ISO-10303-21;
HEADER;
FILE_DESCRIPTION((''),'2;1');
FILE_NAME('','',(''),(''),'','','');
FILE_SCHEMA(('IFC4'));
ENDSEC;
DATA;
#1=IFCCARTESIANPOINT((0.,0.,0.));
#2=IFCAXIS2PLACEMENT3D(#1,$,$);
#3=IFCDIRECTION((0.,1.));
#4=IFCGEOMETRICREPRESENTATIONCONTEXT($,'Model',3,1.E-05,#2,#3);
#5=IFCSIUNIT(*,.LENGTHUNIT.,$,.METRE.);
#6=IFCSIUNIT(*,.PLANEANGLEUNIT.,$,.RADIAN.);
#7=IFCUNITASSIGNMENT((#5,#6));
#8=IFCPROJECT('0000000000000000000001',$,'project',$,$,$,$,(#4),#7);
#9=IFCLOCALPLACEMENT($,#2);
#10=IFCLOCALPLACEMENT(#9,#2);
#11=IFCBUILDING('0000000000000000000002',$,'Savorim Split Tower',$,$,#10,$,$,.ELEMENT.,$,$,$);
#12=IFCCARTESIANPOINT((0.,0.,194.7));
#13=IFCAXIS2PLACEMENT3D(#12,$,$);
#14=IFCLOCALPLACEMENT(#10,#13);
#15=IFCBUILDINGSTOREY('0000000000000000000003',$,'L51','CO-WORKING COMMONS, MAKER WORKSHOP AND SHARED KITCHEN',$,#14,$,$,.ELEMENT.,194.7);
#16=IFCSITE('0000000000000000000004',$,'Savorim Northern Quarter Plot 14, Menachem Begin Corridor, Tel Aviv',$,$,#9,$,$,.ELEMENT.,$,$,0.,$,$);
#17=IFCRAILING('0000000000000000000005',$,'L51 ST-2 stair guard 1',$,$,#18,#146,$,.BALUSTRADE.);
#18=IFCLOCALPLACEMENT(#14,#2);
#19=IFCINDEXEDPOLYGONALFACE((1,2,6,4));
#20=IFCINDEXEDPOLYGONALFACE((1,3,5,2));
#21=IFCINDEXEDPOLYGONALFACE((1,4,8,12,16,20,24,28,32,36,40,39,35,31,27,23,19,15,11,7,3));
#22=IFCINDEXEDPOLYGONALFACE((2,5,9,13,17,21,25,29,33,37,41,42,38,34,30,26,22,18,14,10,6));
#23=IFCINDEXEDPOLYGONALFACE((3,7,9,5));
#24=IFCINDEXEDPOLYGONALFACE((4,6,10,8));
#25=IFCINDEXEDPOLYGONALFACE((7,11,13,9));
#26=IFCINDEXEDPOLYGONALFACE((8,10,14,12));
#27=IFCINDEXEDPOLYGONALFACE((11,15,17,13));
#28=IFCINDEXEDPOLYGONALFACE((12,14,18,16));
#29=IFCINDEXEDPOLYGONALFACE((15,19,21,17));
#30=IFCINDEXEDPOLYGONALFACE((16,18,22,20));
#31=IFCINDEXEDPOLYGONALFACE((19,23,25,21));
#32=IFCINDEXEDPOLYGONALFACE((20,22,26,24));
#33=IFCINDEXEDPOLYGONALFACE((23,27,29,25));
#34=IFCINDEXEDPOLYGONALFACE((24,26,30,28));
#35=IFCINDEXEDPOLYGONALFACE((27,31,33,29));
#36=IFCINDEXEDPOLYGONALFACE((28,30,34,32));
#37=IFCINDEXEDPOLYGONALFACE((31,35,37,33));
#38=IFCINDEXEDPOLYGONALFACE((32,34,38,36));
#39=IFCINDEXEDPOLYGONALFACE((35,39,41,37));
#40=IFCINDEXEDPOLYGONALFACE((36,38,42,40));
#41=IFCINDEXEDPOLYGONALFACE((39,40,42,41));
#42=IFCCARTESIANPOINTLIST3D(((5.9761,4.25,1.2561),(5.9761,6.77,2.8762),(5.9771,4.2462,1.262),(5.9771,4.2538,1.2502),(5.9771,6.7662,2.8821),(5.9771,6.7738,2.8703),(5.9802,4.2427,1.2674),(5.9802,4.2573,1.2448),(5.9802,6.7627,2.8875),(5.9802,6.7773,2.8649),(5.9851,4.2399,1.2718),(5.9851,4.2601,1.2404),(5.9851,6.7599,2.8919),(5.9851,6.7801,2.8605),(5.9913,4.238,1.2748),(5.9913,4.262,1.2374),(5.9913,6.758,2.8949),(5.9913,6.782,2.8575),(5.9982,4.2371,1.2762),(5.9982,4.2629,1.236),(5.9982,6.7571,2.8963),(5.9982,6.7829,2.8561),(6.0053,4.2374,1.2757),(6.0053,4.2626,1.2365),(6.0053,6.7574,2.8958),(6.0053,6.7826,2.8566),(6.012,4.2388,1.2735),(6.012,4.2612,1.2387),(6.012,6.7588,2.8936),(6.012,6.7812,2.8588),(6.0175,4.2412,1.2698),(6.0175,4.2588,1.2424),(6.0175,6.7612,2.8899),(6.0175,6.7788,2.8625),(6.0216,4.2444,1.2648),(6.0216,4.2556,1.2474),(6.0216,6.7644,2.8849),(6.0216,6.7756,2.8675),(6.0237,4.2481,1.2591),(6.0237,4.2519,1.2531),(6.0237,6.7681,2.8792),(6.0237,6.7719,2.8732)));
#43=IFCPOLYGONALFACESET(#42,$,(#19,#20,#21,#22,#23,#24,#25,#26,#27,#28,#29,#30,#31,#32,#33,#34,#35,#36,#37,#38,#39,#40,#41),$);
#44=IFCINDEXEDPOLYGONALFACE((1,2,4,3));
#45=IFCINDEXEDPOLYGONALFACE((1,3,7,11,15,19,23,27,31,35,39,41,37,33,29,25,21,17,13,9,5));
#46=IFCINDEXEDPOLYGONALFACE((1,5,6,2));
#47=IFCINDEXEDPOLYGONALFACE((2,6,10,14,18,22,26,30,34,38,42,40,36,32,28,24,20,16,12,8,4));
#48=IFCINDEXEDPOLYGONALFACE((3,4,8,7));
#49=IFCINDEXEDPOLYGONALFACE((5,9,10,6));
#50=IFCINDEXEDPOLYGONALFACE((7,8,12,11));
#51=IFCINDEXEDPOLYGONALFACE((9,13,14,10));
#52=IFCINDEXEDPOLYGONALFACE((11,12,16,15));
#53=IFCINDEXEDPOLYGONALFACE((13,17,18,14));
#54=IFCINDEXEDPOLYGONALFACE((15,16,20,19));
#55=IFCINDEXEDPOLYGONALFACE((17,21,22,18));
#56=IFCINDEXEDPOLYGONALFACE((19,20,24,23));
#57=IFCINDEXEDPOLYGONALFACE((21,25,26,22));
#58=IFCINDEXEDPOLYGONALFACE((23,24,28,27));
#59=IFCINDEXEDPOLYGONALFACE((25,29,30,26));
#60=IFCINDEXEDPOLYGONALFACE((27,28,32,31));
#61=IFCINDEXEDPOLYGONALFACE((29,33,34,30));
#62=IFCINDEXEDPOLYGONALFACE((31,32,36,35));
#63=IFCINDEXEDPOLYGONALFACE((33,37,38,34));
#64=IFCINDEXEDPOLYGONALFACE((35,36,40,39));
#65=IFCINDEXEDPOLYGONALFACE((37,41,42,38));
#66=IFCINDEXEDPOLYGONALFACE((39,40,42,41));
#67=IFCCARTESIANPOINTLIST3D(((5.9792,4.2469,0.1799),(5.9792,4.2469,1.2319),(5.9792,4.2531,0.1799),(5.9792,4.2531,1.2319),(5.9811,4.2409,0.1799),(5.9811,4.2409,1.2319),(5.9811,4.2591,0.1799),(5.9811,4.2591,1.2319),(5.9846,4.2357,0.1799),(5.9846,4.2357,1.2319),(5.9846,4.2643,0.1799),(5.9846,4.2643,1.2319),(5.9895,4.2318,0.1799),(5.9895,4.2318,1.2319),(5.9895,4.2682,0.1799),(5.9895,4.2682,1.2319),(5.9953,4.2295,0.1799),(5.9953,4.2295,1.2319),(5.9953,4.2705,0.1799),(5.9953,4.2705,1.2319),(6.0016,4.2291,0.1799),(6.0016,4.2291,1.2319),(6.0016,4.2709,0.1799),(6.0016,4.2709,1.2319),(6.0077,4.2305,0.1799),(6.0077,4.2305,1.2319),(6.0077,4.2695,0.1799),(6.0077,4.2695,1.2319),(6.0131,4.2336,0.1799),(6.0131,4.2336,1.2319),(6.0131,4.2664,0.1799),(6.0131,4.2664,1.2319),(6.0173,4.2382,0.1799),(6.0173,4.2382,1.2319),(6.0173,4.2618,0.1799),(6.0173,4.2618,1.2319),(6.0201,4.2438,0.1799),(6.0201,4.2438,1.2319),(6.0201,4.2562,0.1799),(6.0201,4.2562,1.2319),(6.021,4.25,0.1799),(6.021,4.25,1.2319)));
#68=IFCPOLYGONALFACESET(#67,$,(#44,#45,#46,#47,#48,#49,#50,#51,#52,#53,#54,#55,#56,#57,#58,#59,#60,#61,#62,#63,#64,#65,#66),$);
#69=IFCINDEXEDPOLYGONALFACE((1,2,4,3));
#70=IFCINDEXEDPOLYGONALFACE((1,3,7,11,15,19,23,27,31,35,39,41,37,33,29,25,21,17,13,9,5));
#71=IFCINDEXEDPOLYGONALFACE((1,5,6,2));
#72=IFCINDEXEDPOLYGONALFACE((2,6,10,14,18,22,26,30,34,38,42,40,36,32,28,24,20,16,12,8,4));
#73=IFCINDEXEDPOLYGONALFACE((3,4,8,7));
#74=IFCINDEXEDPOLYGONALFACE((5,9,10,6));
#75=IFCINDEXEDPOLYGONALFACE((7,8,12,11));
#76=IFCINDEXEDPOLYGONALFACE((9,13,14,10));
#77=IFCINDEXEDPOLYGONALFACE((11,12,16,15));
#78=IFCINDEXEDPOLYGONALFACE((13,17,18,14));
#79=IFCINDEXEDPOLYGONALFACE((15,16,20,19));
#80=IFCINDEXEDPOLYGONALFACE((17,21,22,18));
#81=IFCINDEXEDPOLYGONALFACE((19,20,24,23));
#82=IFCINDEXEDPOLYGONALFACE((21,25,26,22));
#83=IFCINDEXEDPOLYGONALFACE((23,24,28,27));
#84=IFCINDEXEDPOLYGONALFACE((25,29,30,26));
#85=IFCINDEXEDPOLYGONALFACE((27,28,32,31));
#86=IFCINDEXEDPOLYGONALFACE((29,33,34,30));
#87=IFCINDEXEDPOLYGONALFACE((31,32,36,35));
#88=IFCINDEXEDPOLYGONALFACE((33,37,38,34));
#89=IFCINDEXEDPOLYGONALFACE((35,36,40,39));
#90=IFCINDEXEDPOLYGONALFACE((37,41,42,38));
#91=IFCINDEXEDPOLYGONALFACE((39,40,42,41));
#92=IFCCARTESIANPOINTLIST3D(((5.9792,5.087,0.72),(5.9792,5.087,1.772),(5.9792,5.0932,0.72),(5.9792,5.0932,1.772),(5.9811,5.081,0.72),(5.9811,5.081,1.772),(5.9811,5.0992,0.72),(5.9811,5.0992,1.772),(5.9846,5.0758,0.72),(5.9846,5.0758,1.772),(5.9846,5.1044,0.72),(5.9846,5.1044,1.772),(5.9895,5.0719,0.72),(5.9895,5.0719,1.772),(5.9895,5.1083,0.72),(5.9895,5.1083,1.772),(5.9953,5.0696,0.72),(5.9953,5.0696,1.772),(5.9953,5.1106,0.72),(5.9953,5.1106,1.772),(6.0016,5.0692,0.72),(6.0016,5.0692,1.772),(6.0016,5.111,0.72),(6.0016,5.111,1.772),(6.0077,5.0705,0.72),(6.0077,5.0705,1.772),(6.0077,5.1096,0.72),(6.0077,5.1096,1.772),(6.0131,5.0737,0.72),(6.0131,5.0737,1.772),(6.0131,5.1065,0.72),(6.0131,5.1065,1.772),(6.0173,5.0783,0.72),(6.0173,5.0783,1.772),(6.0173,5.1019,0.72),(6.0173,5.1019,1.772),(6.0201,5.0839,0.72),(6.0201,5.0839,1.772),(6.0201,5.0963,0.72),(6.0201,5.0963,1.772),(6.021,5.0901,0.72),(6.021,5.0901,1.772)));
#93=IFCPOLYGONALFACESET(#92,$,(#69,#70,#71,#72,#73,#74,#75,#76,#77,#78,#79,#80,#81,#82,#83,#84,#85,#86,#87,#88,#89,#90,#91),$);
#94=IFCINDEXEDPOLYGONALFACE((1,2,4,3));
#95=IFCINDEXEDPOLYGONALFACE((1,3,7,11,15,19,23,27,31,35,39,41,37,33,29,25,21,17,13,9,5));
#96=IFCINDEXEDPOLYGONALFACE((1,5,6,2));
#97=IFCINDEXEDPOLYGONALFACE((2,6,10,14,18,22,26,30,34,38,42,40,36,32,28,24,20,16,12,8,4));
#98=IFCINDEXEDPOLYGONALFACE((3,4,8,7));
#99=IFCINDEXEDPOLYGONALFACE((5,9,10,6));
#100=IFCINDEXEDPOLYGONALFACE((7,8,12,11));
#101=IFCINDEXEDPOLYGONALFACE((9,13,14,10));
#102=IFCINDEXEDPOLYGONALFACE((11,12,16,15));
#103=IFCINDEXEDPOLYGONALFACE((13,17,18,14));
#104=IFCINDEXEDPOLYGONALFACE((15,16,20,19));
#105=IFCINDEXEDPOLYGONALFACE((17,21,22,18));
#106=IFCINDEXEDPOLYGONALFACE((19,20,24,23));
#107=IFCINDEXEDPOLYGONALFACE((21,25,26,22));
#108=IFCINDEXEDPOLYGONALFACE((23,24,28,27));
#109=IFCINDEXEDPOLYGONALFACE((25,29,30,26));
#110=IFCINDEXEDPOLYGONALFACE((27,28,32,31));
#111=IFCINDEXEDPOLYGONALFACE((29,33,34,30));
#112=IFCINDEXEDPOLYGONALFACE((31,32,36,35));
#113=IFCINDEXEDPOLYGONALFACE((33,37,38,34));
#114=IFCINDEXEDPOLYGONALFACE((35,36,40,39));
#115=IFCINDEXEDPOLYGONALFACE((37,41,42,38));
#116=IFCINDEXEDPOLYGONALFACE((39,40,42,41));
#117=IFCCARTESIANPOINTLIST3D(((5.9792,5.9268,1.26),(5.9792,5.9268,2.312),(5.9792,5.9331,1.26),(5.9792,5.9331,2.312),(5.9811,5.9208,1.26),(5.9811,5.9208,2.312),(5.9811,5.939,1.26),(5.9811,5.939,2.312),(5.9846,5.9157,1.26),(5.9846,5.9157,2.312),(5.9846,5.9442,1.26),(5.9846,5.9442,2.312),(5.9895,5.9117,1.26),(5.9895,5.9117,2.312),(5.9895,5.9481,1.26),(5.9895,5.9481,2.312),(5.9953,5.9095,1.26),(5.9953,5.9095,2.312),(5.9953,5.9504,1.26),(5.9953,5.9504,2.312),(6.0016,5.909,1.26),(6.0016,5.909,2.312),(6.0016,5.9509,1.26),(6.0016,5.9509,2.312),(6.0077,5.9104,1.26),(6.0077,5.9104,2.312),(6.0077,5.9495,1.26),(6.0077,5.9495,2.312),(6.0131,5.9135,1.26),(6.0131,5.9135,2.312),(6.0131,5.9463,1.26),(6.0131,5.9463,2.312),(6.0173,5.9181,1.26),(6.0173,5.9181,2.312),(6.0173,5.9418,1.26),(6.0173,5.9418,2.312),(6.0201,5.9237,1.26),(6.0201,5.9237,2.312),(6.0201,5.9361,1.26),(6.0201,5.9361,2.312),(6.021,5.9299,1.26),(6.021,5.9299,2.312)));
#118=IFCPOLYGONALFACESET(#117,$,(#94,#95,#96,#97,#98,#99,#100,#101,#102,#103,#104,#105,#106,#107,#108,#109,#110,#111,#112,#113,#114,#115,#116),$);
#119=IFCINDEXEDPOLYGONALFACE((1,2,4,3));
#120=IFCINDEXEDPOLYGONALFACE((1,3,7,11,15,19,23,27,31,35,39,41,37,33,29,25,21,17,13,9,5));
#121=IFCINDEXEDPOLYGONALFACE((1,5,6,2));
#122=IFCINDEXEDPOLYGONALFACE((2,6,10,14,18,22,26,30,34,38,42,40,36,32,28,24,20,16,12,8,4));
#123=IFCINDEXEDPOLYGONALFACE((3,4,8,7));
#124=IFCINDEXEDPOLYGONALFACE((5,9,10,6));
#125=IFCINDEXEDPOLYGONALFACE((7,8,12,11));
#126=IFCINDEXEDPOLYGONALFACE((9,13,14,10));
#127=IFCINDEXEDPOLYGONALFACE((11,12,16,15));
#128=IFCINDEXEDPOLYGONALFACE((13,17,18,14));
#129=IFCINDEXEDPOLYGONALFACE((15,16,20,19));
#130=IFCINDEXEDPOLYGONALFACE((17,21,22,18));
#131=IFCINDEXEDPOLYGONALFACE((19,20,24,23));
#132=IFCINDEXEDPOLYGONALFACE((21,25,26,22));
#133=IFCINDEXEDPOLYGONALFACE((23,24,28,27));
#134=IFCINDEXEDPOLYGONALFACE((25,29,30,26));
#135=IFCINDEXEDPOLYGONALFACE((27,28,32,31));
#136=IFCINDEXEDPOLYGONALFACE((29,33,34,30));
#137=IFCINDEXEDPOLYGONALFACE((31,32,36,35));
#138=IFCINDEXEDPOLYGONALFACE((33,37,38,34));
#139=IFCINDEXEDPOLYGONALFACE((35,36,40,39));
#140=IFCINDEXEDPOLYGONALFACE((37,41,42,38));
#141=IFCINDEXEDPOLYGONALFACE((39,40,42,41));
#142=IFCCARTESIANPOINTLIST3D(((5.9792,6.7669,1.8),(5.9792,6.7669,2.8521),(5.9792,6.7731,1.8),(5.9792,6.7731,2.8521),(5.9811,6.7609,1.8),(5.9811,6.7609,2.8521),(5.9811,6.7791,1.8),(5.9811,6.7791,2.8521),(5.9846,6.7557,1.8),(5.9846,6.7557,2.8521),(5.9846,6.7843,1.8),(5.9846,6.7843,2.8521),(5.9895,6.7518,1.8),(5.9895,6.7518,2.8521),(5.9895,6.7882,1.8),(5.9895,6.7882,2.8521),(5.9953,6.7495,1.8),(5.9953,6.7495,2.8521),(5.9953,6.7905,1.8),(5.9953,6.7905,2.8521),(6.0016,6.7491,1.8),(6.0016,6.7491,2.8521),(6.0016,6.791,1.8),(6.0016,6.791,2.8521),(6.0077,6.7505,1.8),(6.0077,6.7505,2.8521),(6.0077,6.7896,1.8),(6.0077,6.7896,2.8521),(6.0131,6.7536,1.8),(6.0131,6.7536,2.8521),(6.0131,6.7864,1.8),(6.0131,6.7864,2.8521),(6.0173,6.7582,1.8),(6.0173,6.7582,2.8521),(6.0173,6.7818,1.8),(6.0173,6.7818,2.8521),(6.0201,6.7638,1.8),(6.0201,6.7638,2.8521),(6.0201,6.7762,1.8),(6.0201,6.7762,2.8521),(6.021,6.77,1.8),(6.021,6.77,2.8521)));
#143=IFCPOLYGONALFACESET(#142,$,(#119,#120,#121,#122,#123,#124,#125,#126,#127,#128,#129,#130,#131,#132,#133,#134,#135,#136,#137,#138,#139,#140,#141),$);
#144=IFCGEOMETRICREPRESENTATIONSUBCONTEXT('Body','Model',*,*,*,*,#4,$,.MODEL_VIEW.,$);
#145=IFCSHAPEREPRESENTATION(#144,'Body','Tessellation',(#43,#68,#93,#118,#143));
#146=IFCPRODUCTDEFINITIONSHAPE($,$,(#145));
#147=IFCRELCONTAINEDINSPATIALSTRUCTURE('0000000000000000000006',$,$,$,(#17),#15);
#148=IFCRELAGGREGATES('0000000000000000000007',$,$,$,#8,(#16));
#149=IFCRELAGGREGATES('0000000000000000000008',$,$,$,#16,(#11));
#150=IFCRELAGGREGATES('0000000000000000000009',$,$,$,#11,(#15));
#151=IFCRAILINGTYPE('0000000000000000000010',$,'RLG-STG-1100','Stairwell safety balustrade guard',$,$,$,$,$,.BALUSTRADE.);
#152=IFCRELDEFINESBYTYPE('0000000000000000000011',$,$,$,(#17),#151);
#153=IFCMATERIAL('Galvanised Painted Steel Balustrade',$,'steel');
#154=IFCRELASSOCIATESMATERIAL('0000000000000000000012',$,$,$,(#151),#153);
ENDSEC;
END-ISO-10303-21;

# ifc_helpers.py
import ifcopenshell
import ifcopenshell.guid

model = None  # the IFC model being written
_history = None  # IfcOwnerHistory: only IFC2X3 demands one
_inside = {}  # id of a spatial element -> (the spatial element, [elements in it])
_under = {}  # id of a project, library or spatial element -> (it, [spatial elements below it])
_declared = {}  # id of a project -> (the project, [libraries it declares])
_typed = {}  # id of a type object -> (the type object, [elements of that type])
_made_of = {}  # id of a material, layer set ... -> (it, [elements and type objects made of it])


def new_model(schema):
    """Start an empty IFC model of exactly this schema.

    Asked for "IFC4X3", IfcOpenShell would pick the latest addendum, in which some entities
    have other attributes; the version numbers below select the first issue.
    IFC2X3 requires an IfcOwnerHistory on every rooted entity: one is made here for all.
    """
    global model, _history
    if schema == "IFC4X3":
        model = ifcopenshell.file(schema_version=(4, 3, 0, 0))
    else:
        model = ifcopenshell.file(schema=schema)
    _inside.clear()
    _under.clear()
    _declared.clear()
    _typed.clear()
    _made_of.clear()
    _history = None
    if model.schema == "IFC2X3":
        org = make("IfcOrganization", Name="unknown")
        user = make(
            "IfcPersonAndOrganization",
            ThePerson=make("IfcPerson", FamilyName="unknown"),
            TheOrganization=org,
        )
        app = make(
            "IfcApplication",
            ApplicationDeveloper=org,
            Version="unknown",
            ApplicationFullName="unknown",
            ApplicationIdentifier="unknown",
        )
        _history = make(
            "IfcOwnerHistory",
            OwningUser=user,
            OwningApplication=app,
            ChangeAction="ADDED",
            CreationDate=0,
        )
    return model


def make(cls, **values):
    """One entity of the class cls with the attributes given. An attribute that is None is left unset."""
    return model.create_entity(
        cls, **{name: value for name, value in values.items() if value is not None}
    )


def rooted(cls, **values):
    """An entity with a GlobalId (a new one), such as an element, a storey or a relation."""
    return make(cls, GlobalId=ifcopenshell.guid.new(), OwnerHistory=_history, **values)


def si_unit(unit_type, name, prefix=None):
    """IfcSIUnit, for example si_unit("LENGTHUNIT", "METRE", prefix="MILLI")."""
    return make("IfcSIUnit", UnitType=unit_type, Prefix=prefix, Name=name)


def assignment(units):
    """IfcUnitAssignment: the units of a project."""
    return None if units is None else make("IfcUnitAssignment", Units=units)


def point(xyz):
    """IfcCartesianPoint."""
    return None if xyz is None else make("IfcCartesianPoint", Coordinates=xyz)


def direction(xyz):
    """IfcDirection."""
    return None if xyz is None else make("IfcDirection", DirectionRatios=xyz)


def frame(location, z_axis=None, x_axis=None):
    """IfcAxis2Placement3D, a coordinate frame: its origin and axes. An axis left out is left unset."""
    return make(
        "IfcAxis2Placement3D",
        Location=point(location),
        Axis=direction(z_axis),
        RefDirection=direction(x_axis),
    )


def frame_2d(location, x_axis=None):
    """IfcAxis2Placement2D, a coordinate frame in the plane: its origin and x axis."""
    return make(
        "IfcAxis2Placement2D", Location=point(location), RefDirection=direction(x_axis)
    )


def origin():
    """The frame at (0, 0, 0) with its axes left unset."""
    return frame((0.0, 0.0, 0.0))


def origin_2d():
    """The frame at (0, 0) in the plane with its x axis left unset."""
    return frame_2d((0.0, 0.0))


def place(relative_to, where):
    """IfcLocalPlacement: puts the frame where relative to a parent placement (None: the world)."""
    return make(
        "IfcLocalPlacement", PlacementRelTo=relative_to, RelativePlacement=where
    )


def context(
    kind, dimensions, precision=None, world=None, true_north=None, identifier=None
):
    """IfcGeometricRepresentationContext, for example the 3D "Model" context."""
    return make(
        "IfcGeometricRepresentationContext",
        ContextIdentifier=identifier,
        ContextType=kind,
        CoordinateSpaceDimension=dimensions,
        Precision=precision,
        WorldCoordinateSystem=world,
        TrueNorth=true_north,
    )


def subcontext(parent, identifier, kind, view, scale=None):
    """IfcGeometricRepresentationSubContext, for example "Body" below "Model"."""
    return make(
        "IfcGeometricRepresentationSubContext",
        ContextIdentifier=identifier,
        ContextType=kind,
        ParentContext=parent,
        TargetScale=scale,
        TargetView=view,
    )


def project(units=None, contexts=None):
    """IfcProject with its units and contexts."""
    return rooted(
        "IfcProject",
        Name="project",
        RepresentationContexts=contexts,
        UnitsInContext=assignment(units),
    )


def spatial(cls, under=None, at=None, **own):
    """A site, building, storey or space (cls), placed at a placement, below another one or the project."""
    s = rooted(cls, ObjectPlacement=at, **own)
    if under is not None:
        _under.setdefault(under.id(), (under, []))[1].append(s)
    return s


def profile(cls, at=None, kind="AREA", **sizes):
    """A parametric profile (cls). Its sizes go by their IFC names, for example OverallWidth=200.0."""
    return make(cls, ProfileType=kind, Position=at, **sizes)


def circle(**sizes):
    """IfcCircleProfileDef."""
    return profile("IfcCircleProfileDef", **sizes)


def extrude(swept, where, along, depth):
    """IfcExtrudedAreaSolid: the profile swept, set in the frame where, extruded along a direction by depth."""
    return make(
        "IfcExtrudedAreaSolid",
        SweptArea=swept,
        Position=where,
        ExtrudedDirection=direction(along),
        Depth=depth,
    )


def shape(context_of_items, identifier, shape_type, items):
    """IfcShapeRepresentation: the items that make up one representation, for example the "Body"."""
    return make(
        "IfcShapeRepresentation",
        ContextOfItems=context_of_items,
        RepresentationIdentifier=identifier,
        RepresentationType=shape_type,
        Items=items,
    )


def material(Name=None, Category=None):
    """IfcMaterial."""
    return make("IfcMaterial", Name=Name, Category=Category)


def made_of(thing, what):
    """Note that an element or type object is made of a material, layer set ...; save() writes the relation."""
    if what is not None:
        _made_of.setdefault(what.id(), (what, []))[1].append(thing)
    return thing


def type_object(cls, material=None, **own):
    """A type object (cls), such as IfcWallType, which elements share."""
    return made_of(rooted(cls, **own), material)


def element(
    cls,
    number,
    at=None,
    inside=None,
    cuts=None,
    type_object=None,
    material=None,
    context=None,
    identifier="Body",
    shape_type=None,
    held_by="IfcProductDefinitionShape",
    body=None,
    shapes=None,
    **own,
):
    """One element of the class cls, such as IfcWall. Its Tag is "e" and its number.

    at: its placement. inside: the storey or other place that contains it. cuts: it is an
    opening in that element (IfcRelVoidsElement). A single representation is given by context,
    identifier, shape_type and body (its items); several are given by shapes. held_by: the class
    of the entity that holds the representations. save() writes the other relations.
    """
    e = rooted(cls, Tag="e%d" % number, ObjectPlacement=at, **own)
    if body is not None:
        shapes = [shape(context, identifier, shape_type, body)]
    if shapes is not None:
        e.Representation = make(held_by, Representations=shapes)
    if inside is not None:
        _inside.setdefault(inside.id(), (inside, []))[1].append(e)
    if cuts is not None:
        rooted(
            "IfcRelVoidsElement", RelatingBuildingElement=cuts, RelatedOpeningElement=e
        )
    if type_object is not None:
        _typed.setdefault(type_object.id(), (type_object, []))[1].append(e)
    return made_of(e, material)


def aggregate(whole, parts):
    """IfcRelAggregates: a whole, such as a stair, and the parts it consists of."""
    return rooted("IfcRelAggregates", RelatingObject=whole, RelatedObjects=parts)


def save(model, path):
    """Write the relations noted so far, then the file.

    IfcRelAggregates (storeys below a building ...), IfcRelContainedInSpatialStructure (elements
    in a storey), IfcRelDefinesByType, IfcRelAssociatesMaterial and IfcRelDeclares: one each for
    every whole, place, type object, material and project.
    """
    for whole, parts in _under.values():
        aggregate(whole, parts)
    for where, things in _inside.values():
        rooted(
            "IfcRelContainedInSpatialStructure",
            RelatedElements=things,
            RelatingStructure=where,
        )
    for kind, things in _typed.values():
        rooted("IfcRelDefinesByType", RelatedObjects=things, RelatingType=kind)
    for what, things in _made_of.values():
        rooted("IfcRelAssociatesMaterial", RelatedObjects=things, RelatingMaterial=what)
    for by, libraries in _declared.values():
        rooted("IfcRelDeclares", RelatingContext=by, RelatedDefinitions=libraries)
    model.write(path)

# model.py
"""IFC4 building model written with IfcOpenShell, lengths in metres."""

from ifc_helpers import new_model, si_unit, direction, frame, origin, origin_2d, place, context, subcontext, project, spatial, circle, extrude, material, type_object, element, save


model = new_model("IFC4")

# Units and contexts
model_context = context("Model", 3, precision=1e-05, world=origin(), true_north=direction((0.0, 1.0)))
body_context = subcontext(model_context, "Body", "Model", "MODEL_VIEW")
ifc_project = project(units=[si_unit("LENGTHUNIT", "METRE"), si_unit("PLANEANGLEUNIT", "RADIAN")], contexts=[model_context])

# Site, building, storey
site_placement = place(None, origin())
site = spatial("IfcSite", under=ifc_project, at=site_placement, Name="Savorim Northern Quarter Plot 14, Menachem Begin Corridor, Tel Aviv", CompositionType="ELEMENT", RefElevation=0.0)
building_placement = place(site_placement, origin())
building = spatial("IfcBuilding", under=site, at=building_placement, Name="Savorim Split Tower", CompositionType="ELEMENT")
storey_placement = place(building_placement, frame((0.0, 0.0, 194.7)))
storey = spatial("IfcBuildingStorey", under=building, at=storey_placement, Name="L51", Description="CO-WORKING COMMONS, MAKER WORKSHOP AND SHARED KITCHEN", CompositionType="ELEMENT", Elevation=194.7)

# Railing
ifc_material_1 = material(Name="Galvanised Painted Steel Balustrade", Category="steel")
railing_type_1 = type_object("IfcRailingType", Name="RLG-STG-1100", Description="Stairwell safety balustrade guard", PredefinedType="BALUSTRADE", material=ifc_material_1)
railing_1_placement = place(storey_placement, frame((6.0, 4.25, 0.1799)))
element("IfcRailing", 1, at=railing_1_placement, inside=storey, type_object=railing_type_1, Name="L51 ST-2 stair guard 1", PredefinedType="BALUSTRADE", context=body_context, shape_type="SweptSolid", body=[
    extrude(circle(Radius=0.0239, at=origin_2d()), frame((0.0, 0.0, 1.0762), z_axis=(0.0, 0.841163, 0.540782), x_axis=(-1.0, 0.0, 0.0)), (0.0, 0.0, 1.0), 2.9958),
    extrude(circle(Radius=0.021, at=origin_2d()), origin(), (0.0, 0.0, 1.0), 1.052),
    extrude(circle(Radius=0.021, at=origin_2d()), frame((0.0, 0.8401, 0.54)), (0.0, 0.0, 1.0), 1.052),
    extrude(circle(Radius=0.021, at=origin_2d()), frame((0.0, 1.6799, 1.0801)), (0.0, 0.0, 1.0), 1.052),
    extrude(circle(Radius=0.021, at=origin_2d()), frame((0.0, 2.52, 1.6201)), (0.0, 0.0, 1.0), 1.052),
])

save(model, "model.ifc")
